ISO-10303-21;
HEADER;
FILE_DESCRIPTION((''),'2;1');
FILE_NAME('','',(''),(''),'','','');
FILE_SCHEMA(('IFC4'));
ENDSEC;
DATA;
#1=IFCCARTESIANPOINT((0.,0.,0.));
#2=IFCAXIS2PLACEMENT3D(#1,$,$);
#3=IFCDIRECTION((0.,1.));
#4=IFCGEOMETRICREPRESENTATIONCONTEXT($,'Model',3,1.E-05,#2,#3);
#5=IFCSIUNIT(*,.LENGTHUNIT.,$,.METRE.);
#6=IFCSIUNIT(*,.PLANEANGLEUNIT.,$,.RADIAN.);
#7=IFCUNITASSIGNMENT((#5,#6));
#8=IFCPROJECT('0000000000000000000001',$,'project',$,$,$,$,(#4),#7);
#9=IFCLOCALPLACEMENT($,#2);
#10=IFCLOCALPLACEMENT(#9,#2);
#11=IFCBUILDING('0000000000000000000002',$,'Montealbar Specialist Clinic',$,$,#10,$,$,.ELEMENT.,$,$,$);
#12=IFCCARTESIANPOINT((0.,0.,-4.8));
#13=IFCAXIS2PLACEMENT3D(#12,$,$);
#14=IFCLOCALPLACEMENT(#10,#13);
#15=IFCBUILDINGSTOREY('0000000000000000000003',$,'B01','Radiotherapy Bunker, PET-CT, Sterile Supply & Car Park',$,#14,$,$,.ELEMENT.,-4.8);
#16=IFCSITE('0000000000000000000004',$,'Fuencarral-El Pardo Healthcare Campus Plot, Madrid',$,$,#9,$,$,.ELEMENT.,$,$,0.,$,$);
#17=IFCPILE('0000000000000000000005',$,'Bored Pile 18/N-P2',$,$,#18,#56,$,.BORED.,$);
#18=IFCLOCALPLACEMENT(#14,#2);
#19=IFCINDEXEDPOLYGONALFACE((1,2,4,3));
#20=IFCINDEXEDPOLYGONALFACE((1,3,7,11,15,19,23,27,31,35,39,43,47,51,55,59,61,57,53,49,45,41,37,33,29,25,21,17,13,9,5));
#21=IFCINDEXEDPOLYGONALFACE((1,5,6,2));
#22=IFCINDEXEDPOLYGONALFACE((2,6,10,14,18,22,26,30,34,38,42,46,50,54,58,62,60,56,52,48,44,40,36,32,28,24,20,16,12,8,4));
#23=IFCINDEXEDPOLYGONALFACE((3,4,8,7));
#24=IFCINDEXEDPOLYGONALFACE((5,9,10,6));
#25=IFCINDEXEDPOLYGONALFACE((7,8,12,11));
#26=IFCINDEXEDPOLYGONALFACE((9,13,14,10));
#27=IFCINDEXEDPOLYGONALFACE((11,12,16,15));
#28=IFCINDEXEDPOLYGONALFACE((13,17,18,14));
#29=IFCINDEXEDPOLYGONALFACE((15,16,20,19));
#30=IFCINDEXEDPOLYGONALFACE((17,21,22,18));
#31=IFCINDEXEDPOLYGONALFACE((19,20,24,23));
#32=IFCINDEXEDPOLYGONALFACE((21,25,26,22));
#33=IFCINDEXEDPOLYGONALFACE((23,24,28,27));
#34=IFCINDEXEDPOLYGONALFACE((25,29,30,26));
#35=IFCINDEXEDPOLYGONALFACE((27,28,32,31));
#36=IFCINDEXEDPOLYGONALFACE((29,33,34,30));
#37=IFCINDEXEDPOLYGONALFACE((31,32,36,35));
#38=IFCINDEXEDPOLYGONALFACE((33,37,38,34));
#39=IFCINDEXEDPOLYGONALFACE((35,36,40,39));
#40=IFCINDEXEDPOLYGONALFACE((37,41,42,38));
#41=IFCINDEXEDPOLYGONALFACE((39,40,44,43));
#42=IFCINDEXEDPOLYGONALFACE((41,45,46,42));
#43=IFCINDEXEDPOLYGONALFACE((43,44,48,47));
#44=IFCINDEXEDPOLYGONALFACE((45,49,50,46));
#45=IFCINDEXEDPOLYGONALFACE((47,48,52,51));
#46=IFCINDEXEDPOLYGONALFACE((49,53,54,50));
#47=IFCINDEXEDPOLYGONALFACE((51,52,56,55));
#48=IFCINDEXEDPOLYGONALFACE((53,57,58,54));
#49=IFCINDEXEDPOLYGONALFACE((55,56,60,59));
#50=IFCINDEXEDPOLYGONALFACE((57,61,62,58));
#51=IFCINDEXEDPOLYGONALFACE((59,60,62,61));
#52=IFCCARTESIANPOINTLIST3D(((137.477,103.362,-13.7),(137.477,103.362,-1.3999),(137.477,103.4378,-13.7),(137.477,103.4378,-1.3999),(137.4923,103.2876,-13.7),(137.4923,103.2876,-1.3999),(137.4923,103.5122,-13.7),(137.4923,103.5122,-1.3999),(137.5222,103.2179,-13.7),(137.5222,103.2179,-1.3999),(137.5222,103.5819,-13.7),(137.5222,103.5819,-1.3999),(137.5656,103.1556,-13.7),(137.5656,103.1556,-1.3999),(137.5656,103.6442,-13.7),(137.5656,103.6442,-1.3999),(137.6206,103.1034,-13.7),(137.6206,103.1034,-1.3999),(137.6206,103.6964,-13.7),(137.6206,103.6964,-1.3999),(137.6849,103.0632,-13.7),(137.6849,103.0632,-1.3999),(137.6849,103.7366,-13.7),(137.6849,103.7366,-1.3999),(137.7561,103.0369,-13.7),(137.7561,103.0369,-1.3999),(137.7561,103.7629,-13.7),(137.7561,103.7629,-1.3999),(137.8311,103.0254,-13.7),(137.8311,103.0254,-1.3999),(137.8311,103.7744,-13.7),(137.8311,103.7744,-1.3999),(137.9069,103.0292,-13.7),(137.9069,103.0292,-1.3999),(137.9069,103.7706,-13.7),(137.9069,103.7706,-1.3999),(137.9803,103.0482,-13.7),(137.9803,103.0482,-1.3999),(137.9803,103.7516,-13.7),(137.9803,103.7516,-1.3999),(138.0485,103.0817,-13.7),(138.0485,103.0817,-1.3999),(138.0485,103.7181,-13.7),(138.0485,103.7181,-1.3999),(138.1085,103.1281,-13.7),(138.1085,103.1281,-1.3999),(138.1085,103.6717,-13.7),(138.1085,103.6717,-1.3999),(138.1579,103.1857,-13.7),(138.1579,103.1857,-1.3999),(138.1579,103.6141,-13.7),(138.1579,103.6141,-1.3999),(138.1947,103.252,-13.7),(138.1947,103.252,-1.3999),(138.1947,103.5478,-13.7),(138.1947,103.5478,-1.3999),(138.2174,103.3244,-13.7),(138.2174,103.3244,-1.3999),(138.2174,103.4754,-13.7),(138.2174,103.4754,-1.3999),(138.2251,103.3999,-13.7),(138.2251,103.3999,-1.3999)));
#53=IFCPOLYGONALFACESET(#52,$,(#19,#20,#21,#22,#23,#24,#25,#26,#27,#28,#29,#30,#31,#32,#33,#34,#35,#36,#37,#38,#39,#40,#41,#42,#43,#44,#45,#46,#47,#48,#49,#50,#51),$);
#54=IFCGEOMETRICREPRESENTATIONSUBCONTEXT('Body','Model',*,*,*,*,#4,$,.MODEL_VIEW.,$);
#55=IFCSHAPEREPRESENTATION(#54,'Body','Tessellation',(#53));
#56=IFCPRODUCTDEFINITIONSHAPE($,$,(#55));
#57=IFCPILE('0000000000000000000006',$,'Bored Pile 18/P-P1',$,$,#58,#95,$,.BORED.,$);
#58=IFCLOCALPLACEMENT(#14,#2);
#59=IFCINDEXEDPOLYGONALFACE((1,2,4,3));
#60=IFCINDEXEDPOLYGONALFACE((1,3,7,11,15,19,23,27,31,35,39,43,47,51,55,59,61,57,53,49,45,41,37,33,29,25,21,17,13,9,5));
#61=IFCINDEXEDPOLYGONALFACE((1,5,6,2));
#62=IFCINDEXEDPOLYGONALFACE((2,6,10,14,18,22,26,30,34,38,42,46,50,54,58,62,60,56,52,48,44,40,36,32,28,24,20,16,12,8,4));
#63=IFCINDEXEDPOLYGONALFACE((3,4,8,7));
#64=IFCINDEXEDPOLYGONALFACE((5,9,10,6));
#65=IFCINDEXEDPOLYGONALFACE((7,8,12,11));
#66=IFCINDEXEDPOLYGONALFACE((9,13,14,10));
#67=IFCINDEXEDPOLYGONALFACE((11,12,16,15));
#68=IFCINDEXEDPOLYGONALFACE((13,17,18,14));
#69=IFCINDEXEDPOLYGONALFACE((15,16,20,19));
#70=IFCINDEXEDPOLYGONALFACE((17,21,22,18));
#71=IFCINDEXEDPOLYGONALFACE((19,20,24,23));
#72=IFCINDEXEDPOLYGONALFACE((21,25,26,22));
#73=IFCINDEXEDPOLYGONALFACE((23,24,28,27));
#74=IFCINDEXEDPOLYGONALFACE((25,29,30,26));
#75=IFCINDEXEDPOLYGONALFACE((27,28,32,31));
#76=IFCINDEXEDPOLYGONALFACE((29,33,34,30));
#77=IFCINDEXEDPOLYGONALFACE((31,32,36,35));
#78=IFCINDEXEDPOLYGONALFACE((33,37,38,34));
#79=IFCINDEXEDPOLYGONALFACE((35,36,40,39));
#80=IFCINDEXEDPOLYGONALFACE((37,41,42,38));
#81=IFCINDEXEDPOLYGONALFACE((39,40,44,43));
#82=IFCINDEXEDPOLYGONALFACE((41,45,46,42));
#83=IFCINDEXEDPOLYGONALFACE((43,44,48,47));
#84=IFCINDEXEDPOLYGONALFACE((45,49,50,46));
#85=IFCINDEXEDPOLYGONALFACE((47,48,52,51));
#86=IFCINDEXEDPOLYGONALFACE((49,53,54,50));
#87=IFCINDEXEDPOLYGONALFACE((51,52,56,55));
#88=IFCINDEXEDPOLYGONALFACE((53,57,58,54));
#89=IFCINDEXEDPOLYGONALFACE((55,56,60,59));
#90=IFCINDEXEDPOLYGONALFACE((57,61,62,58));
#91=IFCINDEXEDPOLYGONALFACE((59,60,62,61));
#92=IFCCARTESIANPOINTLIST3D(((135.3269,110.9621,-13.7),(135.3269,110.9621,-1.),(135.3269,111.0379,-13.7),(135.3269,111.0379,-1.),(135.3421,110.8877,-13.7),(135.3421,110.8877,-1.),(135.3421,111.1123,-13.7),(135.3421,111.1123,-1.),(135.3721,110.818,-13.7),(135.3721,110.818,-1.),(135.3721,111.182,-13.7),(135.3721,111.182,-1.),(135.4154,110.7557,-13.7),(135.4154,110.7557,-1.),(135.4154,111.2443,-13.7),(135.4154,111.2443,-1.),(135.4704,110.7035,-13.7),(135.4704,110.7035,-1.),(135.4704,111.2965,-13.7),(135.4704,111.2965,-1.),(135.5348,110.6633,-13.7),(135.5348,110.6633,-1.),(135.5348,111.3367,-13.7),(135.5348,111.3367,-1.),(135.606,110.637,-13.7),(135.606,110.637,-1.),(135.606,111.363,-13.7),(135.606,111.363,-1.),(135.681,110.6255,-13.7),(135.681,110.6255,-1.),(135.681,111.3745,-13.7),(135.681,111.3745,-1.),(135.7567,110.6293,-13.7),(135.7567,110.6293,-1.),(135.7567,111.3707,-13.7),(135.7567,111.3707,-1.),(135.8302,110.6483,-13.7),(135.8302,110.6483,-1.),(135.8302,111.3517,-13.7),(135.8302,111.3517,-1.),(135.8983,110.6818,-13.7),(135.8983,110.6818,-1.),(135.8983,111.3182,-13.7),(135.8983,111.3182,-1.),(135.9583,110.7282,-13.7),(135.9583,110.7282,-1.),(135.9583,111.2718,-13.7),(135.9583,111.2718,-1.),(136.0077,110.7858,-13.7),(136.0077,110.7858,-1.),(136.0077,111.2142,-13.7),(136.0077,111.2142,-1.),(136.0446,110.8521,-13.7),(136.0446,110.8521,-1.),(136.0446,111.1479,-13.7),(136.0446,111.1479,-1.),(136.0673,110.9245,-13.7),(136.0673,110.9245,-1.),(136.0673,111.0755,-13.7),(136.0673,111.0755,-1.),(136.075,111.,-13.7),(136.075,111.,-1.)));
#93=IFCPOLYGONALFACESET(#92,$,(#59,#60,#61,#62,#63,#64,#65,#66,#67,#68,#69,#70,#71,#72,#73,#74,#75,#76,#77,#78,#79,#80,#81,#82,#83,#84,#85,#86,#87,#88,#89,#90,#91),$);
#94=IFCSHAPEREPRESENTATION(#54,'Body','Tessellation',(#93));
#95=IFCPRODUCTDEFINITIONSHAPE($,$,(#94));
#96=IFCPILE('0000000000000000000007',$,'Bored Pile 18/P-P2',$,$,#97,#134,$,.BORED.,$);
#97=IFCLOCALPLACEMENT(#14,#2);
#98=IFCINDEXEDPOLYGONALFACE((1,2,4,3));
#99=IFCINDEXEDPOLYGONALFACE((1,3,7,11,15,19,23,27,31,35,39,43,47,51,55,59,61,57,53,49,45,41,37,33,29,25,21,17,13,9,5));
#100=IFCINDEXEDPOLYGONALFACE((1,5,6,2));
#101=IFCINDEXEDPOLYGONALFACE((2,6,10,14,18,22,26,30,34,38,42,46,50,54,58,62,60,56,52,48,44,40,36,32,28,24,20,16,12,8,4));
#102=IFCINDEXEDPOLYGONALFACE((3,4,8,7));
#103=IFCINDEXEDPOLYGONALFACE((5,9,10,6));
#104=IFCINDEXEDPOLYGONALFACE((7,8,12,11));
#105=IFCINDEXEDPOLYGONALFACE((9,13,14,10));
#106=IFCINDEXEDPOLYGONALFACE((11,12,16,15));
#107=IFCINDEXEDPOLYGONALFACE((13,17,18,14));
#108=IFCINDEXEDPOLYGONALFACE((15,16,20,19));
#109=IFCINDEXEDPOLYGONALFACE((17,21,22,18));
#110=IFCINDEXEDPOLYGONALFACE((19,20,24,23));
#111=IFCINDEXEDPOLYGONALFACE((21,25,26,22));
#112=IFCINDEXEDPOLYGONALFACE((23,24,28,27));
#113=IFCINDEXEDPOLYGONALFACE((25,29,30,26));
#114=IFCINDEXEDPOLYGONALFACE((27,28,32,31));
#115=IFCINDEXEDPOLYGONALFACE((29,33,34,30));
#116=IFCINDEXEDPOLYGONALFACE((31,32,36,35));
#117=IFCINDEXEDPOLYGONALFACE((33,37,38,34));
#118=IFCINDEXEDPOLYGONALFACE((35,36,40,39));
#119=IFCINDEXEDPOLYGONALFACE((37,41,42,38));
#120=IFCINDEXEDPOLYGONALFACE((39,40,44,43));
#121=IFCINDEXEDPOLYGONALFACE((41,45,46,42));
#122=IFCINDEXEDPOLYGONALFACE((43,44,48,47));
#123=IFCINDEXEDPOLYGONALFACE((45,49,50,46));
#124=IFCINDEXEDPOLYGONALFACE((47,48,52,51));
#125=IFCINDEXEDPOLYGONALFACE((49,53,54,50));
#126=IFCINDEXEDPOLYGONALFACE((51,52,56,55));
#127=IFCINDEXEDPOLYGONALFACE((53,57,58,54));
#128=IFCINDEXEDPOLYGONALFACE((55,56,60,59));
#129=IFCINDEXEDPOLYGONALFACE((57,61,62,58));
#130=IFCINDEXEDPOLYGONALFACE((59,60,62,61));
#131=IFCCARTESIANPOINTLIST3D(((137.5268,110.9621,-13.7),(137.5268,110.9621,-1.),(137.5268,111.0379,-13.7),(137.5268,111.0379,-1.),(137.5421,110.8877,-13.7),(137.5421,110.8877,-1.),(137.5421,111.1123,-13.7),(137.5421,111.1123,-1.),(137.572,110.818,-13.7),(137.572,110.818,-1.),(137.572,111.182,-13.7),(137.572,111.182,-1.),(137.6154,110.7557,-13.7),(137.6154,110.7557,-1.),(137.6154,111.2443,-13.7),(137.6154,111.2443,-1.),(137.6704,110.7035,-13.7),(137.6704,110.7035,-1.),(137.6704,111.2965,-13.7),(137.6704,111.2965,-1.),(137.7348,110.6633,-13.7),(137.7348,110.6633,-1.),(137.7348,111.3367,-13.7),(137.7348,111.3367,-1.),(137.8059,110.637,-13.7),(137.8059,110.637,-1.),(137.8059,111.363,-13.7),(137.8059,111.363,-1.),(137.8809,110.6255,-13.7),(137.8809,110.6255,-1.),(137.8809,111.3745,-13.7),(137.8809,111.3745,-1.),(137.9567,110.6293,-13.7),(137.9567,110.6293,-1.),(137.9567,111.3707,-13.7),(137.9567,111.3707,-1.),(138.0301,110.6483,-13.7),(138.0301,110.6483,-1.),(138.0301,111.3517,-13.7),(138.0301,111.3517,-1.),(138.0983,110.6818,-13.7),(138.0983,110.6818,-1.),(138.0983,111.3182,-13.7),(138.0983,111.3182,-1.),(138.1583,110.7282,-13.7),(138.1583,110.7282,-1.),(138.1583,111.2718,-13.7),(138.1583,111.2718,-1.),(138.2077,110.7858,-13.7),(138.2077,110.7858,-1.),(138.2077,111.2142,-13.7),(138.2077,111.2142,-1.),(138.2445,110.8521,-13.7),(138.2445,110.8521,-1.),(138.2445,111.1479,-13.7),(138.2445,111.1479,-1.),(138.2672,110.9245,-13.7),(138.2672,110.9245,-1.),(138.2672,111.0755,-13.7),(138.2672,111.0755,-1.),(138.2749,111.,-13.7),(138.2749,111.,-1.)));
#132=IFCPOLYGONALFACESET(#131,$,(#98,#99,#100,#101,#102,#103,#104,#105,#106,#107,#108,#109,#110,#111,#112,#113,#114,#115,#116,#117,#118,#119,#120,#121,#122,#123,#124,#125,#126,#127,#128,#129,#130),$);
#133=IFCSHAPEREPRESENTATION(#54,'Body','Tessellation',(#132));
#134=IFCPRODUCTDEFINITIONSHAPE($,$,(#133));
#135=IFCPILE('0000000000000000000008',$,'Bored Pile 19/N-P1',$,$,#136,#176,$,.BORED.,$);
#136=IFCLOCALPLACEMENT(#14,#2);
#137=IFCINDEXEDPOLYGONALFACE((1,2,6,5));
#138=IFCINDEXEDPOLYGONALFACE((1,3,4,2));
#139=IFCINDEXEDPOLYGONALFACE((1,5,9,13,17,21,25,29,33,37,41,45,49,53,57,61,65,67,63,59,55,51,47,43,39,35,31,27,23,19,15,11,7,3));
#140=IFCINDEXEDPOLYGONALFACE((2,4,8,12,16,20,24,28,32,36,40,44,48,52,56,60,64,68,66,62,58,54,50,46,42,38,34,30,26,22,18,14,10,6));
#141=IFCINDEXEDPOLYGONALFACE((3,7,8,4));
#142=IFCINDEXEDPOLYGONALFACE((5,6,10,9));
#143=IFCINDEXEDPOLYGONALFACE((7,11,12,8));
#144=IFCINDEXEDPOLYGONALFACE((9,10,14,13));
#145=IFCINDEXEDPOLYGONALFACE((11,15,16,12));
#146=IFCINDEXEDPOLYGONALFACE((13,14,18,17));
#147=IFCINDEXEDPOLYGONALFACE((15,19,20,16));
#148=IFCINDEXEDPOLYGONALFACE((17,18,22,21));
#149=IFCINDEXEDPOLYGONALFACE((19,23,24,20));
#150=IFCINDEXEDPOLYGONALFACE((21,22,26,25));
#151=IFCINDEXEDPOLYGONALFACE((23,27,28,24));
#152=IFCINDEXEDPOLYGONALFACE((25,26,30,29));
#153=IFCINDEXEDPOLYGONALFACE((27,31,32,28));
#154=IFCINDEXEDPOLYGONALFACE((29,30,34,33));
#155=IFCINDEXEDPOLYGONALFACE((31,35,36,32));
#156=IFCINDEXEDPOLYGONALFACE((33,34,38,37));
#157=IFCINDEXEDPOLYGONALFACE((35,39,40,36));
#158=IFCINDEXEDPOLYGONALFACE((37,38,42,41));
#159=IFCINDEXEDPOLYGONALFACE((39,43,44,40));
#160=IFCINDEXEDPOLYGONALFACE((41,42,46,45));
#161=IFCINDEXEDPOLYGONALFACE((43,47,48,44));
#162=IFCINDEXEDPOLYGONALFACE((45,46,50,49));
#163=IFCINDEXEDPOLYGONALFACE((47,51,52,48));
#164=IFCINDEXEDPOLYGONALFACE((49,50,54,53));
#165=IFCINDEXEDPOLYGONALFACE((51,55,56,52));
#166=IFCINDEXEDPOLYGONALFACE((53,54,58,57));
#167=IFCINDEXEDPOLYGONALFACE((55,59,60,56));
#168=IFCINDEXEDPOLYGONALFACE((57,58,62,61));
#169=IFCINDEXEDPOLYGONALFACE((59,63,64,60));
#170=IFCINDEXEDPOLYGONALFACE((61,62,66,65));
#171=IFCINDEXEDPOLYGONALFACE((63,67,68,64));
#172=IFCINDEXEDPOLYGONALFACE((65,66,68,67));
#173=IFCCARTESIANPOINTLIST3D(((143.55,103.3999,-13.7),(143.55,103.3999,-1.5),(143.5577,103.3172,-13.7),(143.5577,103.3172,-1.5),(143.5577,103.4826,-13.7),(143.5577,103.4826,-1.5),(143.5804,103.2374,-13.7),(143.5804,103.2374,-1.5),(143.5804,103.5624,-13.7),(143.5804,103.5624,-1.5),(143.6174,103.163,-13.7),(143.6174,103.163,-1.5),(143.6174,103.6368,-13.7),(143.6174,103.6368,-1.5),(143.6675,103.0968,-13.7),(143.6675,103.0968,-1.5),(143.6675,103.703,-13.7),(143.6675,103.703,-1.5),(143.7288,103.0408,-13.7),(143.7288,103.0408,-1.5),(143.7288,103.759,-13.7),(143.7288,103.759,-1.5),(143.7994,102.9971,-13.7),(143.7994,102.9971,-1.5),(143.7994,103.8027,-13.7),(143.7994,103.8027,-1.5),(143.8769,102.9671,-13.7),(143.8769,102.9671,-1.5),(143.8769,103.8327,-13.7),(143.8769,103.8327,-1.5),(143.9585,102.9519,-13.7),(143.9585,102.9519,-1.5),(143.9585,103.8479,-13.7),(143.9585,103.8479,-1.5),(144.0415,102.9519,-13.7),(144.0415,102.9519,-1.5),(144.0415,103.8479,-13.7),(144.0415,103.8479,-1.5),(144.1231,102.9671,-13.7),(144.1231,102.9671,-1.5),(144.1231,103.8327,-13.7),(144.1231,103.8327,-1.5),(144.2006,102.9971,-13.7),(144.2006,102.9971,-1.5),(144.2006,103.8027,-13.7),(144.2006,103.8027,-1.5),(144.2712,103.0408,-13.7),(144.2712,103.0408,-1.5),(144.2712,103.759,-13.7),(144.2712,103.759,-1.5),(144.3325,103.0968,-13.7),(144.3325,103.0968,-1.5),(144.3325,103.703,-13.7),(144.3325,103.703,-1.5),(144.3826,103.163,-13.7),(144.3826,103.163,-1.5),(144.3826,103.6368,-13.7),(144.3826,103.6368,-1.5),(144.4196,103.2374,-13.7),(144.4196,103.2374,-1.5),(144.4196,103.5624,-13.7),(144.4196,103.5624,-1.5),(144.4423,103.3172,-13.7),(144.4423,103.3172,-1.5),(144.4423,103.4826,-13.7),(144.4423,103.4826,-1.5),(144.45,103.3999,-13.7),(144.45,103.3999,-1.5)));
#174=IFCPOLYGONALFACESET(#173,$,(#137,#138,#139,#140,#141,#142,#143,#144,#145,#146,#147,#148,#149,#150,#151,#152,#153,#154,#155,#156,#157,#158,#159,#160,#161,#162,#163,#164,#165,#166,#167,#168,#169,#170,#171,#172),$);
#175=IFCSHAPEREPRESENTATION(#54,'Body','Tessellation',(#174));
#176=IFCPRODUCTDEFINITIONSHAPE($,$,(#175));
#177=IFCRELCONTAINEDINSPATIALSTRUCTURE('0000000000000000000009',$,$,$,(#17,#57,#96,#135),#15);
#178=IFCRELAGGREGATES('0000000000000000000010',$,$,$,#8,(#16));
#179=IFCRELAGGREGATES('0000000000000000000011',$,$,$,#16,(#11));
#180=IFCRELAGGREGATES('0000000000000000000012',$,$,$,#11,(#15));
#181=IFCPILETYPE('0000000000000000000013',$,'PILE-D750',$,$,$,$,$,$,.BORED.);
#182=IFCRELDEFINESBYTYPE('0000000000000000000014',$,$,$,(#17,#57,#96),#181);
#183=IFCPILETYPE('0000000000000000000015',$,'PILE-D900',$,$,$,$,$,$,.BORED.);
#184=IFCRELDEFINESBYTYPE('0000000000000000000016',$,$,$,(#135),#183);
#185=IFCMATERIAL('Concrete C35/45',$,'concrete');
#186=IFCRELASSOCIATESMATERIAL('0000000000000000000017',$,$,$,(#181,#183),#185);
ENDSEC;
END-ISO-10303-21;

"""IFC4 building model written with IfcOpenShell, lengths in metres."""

from ifc_helpers import new_model, si_unit, direction, frame, origin, origin_2d, place, context, subcontext, project, spatial, circle, extrude, material, material_profile, profile_set, type_object, element, save


model = new_model("IFC4")

# Units and contexts
model_context = context("Model", 3, precision=1e-05, world=origin(), true_north=direction((0.0, 1.0)))
body_context = subcontext(model_context, "Body", "Model", "MODEL_VIEW")
ifc_project = project(units=[si_unit("LENGTHUNIT", "METRE"), si_unit("PLANEANGLEUNIT", "RADIAN")], contexts=[model_context])

# Site, building, storey
site_placement = place(None, origin())
site = spatial("IfcSite", under=ifc_project, at=site_placement, Name="Fuencarral-El Pardo Healthcare Campus Plot, Madrid", CompositionType="ELEMENT", RefElevation=0.0)
building_placement = place(site_placement, origin())
building = spatial("IfcBuilding", under=site, at=building_placement, Name="Montealbar Specialist Clinic", CompositionType="ELEMENT")
storey_placement = place(building_placement, frame((0.0, 0.0, -4.8)))
storey = spatial("IfcBuildingStorey", under=building, at=storey_placement, Name="B01", Description="Radiotherapy Bunker, PET-CT, Sterile Supply & Car Park", CompositionType="ELEMENT", Elevation=-4.8)

# Shared definitions
ifc_material_1 = material(Name="Concrete C35/45", Category="concrete")

# Piles
ifc_material_profile_1 = material_profile(ifc_material_1, circle(Radius=0.375, at=origin_2d()), Name="PILE D750", Category="concrete")
ifc_profile_set_1 = profile_set([ifc_material_profile_1], Name="Concrete C35/45")
pile_type_1 = type_object("IfcPileType", Name="PILE-D750", PredefinedType="BORED", material=ifc_profile_set_1)
for number, where, z_axis, x_axis, name in (
    (1, (137.8501, 103.3999, -1.3999), (0.0, 0.0, -1.0), (1.0, 0.0, 0.0), "Bored Pile 18/N-P2"),
):
    element("IfcPile", number, at=place(storey_placement, frame(where, z_axis=z_axis, x_axis=x_axis)), inside=storey, type_object=pile_type_1, Name=name, PredefinedType="BORED", context=body_context, shape_type="SweptSolid", body=[
        extrude(circle(Radius=0.375, at=origin_2d()), origin(), (0.0, 0.0, 1.0), 12.3),
    ])
for number, where, z_axis, x_axis, name in (
    (2, (135.7, 111.0, -1.0), (0.0, 0.0, -1.0), (1.0, 0.0, 0.0), "Bored Pile 18/P-P1"),
    (3, (137.8999, 111.0, -1.0), (0.0, 0.0, -1.0), (1.0, 0.0, 0.0), "Bored Pile 18/P-P2"),
):
    element("IfcPile", number, at=place(storey_placement, frame(where, z_axis=z_axis, x_axis=x_axis)), inside=storey, type_object=pile_type_1, Name=name, PredefinedType="BORED", context=body_context, shape_type="SweptSolid", body=[
        extrude(circle(Radius=0.375, at=origin_2d()), origin(), (0.0, 0.0, 1.0), 12.7),
    ])
ifc_material_profile_2 = material_profile(ifc_material_1, circle(Radius=0.45, at=origin_2d()), Name="PILE D900", Category="concrete")
ifc_profile_set_2 = profile_set([ifc_material_profile_2], Name="Concrete C35/45")
pile_type_2 = type_object("IfcPileType", Name="PILE-D900", PredefinedType="BORED", material=ifc_profile_set_2)
pile_1_placement = place(storey_placement, frame((144.0, 103.3999, -1.5), z_axis=(0.0, 0.0, -1.0), x_axis=(1.0, 0.0, 0.0)))
element("IfcPile", 4, at=pile_1_placement, inside=storey, type_object=pile_type_2, Name="Bored Pile 19/N-P1", PredefinedType="BORED", context=body_context, shape_type="SweptSolid", body=[
    extrude(circle(Radius=0.45, at=origin_2d()), origin(), (0.0, 0.0, 1.0), 12.2),
])

save(model, "model.ifc")
